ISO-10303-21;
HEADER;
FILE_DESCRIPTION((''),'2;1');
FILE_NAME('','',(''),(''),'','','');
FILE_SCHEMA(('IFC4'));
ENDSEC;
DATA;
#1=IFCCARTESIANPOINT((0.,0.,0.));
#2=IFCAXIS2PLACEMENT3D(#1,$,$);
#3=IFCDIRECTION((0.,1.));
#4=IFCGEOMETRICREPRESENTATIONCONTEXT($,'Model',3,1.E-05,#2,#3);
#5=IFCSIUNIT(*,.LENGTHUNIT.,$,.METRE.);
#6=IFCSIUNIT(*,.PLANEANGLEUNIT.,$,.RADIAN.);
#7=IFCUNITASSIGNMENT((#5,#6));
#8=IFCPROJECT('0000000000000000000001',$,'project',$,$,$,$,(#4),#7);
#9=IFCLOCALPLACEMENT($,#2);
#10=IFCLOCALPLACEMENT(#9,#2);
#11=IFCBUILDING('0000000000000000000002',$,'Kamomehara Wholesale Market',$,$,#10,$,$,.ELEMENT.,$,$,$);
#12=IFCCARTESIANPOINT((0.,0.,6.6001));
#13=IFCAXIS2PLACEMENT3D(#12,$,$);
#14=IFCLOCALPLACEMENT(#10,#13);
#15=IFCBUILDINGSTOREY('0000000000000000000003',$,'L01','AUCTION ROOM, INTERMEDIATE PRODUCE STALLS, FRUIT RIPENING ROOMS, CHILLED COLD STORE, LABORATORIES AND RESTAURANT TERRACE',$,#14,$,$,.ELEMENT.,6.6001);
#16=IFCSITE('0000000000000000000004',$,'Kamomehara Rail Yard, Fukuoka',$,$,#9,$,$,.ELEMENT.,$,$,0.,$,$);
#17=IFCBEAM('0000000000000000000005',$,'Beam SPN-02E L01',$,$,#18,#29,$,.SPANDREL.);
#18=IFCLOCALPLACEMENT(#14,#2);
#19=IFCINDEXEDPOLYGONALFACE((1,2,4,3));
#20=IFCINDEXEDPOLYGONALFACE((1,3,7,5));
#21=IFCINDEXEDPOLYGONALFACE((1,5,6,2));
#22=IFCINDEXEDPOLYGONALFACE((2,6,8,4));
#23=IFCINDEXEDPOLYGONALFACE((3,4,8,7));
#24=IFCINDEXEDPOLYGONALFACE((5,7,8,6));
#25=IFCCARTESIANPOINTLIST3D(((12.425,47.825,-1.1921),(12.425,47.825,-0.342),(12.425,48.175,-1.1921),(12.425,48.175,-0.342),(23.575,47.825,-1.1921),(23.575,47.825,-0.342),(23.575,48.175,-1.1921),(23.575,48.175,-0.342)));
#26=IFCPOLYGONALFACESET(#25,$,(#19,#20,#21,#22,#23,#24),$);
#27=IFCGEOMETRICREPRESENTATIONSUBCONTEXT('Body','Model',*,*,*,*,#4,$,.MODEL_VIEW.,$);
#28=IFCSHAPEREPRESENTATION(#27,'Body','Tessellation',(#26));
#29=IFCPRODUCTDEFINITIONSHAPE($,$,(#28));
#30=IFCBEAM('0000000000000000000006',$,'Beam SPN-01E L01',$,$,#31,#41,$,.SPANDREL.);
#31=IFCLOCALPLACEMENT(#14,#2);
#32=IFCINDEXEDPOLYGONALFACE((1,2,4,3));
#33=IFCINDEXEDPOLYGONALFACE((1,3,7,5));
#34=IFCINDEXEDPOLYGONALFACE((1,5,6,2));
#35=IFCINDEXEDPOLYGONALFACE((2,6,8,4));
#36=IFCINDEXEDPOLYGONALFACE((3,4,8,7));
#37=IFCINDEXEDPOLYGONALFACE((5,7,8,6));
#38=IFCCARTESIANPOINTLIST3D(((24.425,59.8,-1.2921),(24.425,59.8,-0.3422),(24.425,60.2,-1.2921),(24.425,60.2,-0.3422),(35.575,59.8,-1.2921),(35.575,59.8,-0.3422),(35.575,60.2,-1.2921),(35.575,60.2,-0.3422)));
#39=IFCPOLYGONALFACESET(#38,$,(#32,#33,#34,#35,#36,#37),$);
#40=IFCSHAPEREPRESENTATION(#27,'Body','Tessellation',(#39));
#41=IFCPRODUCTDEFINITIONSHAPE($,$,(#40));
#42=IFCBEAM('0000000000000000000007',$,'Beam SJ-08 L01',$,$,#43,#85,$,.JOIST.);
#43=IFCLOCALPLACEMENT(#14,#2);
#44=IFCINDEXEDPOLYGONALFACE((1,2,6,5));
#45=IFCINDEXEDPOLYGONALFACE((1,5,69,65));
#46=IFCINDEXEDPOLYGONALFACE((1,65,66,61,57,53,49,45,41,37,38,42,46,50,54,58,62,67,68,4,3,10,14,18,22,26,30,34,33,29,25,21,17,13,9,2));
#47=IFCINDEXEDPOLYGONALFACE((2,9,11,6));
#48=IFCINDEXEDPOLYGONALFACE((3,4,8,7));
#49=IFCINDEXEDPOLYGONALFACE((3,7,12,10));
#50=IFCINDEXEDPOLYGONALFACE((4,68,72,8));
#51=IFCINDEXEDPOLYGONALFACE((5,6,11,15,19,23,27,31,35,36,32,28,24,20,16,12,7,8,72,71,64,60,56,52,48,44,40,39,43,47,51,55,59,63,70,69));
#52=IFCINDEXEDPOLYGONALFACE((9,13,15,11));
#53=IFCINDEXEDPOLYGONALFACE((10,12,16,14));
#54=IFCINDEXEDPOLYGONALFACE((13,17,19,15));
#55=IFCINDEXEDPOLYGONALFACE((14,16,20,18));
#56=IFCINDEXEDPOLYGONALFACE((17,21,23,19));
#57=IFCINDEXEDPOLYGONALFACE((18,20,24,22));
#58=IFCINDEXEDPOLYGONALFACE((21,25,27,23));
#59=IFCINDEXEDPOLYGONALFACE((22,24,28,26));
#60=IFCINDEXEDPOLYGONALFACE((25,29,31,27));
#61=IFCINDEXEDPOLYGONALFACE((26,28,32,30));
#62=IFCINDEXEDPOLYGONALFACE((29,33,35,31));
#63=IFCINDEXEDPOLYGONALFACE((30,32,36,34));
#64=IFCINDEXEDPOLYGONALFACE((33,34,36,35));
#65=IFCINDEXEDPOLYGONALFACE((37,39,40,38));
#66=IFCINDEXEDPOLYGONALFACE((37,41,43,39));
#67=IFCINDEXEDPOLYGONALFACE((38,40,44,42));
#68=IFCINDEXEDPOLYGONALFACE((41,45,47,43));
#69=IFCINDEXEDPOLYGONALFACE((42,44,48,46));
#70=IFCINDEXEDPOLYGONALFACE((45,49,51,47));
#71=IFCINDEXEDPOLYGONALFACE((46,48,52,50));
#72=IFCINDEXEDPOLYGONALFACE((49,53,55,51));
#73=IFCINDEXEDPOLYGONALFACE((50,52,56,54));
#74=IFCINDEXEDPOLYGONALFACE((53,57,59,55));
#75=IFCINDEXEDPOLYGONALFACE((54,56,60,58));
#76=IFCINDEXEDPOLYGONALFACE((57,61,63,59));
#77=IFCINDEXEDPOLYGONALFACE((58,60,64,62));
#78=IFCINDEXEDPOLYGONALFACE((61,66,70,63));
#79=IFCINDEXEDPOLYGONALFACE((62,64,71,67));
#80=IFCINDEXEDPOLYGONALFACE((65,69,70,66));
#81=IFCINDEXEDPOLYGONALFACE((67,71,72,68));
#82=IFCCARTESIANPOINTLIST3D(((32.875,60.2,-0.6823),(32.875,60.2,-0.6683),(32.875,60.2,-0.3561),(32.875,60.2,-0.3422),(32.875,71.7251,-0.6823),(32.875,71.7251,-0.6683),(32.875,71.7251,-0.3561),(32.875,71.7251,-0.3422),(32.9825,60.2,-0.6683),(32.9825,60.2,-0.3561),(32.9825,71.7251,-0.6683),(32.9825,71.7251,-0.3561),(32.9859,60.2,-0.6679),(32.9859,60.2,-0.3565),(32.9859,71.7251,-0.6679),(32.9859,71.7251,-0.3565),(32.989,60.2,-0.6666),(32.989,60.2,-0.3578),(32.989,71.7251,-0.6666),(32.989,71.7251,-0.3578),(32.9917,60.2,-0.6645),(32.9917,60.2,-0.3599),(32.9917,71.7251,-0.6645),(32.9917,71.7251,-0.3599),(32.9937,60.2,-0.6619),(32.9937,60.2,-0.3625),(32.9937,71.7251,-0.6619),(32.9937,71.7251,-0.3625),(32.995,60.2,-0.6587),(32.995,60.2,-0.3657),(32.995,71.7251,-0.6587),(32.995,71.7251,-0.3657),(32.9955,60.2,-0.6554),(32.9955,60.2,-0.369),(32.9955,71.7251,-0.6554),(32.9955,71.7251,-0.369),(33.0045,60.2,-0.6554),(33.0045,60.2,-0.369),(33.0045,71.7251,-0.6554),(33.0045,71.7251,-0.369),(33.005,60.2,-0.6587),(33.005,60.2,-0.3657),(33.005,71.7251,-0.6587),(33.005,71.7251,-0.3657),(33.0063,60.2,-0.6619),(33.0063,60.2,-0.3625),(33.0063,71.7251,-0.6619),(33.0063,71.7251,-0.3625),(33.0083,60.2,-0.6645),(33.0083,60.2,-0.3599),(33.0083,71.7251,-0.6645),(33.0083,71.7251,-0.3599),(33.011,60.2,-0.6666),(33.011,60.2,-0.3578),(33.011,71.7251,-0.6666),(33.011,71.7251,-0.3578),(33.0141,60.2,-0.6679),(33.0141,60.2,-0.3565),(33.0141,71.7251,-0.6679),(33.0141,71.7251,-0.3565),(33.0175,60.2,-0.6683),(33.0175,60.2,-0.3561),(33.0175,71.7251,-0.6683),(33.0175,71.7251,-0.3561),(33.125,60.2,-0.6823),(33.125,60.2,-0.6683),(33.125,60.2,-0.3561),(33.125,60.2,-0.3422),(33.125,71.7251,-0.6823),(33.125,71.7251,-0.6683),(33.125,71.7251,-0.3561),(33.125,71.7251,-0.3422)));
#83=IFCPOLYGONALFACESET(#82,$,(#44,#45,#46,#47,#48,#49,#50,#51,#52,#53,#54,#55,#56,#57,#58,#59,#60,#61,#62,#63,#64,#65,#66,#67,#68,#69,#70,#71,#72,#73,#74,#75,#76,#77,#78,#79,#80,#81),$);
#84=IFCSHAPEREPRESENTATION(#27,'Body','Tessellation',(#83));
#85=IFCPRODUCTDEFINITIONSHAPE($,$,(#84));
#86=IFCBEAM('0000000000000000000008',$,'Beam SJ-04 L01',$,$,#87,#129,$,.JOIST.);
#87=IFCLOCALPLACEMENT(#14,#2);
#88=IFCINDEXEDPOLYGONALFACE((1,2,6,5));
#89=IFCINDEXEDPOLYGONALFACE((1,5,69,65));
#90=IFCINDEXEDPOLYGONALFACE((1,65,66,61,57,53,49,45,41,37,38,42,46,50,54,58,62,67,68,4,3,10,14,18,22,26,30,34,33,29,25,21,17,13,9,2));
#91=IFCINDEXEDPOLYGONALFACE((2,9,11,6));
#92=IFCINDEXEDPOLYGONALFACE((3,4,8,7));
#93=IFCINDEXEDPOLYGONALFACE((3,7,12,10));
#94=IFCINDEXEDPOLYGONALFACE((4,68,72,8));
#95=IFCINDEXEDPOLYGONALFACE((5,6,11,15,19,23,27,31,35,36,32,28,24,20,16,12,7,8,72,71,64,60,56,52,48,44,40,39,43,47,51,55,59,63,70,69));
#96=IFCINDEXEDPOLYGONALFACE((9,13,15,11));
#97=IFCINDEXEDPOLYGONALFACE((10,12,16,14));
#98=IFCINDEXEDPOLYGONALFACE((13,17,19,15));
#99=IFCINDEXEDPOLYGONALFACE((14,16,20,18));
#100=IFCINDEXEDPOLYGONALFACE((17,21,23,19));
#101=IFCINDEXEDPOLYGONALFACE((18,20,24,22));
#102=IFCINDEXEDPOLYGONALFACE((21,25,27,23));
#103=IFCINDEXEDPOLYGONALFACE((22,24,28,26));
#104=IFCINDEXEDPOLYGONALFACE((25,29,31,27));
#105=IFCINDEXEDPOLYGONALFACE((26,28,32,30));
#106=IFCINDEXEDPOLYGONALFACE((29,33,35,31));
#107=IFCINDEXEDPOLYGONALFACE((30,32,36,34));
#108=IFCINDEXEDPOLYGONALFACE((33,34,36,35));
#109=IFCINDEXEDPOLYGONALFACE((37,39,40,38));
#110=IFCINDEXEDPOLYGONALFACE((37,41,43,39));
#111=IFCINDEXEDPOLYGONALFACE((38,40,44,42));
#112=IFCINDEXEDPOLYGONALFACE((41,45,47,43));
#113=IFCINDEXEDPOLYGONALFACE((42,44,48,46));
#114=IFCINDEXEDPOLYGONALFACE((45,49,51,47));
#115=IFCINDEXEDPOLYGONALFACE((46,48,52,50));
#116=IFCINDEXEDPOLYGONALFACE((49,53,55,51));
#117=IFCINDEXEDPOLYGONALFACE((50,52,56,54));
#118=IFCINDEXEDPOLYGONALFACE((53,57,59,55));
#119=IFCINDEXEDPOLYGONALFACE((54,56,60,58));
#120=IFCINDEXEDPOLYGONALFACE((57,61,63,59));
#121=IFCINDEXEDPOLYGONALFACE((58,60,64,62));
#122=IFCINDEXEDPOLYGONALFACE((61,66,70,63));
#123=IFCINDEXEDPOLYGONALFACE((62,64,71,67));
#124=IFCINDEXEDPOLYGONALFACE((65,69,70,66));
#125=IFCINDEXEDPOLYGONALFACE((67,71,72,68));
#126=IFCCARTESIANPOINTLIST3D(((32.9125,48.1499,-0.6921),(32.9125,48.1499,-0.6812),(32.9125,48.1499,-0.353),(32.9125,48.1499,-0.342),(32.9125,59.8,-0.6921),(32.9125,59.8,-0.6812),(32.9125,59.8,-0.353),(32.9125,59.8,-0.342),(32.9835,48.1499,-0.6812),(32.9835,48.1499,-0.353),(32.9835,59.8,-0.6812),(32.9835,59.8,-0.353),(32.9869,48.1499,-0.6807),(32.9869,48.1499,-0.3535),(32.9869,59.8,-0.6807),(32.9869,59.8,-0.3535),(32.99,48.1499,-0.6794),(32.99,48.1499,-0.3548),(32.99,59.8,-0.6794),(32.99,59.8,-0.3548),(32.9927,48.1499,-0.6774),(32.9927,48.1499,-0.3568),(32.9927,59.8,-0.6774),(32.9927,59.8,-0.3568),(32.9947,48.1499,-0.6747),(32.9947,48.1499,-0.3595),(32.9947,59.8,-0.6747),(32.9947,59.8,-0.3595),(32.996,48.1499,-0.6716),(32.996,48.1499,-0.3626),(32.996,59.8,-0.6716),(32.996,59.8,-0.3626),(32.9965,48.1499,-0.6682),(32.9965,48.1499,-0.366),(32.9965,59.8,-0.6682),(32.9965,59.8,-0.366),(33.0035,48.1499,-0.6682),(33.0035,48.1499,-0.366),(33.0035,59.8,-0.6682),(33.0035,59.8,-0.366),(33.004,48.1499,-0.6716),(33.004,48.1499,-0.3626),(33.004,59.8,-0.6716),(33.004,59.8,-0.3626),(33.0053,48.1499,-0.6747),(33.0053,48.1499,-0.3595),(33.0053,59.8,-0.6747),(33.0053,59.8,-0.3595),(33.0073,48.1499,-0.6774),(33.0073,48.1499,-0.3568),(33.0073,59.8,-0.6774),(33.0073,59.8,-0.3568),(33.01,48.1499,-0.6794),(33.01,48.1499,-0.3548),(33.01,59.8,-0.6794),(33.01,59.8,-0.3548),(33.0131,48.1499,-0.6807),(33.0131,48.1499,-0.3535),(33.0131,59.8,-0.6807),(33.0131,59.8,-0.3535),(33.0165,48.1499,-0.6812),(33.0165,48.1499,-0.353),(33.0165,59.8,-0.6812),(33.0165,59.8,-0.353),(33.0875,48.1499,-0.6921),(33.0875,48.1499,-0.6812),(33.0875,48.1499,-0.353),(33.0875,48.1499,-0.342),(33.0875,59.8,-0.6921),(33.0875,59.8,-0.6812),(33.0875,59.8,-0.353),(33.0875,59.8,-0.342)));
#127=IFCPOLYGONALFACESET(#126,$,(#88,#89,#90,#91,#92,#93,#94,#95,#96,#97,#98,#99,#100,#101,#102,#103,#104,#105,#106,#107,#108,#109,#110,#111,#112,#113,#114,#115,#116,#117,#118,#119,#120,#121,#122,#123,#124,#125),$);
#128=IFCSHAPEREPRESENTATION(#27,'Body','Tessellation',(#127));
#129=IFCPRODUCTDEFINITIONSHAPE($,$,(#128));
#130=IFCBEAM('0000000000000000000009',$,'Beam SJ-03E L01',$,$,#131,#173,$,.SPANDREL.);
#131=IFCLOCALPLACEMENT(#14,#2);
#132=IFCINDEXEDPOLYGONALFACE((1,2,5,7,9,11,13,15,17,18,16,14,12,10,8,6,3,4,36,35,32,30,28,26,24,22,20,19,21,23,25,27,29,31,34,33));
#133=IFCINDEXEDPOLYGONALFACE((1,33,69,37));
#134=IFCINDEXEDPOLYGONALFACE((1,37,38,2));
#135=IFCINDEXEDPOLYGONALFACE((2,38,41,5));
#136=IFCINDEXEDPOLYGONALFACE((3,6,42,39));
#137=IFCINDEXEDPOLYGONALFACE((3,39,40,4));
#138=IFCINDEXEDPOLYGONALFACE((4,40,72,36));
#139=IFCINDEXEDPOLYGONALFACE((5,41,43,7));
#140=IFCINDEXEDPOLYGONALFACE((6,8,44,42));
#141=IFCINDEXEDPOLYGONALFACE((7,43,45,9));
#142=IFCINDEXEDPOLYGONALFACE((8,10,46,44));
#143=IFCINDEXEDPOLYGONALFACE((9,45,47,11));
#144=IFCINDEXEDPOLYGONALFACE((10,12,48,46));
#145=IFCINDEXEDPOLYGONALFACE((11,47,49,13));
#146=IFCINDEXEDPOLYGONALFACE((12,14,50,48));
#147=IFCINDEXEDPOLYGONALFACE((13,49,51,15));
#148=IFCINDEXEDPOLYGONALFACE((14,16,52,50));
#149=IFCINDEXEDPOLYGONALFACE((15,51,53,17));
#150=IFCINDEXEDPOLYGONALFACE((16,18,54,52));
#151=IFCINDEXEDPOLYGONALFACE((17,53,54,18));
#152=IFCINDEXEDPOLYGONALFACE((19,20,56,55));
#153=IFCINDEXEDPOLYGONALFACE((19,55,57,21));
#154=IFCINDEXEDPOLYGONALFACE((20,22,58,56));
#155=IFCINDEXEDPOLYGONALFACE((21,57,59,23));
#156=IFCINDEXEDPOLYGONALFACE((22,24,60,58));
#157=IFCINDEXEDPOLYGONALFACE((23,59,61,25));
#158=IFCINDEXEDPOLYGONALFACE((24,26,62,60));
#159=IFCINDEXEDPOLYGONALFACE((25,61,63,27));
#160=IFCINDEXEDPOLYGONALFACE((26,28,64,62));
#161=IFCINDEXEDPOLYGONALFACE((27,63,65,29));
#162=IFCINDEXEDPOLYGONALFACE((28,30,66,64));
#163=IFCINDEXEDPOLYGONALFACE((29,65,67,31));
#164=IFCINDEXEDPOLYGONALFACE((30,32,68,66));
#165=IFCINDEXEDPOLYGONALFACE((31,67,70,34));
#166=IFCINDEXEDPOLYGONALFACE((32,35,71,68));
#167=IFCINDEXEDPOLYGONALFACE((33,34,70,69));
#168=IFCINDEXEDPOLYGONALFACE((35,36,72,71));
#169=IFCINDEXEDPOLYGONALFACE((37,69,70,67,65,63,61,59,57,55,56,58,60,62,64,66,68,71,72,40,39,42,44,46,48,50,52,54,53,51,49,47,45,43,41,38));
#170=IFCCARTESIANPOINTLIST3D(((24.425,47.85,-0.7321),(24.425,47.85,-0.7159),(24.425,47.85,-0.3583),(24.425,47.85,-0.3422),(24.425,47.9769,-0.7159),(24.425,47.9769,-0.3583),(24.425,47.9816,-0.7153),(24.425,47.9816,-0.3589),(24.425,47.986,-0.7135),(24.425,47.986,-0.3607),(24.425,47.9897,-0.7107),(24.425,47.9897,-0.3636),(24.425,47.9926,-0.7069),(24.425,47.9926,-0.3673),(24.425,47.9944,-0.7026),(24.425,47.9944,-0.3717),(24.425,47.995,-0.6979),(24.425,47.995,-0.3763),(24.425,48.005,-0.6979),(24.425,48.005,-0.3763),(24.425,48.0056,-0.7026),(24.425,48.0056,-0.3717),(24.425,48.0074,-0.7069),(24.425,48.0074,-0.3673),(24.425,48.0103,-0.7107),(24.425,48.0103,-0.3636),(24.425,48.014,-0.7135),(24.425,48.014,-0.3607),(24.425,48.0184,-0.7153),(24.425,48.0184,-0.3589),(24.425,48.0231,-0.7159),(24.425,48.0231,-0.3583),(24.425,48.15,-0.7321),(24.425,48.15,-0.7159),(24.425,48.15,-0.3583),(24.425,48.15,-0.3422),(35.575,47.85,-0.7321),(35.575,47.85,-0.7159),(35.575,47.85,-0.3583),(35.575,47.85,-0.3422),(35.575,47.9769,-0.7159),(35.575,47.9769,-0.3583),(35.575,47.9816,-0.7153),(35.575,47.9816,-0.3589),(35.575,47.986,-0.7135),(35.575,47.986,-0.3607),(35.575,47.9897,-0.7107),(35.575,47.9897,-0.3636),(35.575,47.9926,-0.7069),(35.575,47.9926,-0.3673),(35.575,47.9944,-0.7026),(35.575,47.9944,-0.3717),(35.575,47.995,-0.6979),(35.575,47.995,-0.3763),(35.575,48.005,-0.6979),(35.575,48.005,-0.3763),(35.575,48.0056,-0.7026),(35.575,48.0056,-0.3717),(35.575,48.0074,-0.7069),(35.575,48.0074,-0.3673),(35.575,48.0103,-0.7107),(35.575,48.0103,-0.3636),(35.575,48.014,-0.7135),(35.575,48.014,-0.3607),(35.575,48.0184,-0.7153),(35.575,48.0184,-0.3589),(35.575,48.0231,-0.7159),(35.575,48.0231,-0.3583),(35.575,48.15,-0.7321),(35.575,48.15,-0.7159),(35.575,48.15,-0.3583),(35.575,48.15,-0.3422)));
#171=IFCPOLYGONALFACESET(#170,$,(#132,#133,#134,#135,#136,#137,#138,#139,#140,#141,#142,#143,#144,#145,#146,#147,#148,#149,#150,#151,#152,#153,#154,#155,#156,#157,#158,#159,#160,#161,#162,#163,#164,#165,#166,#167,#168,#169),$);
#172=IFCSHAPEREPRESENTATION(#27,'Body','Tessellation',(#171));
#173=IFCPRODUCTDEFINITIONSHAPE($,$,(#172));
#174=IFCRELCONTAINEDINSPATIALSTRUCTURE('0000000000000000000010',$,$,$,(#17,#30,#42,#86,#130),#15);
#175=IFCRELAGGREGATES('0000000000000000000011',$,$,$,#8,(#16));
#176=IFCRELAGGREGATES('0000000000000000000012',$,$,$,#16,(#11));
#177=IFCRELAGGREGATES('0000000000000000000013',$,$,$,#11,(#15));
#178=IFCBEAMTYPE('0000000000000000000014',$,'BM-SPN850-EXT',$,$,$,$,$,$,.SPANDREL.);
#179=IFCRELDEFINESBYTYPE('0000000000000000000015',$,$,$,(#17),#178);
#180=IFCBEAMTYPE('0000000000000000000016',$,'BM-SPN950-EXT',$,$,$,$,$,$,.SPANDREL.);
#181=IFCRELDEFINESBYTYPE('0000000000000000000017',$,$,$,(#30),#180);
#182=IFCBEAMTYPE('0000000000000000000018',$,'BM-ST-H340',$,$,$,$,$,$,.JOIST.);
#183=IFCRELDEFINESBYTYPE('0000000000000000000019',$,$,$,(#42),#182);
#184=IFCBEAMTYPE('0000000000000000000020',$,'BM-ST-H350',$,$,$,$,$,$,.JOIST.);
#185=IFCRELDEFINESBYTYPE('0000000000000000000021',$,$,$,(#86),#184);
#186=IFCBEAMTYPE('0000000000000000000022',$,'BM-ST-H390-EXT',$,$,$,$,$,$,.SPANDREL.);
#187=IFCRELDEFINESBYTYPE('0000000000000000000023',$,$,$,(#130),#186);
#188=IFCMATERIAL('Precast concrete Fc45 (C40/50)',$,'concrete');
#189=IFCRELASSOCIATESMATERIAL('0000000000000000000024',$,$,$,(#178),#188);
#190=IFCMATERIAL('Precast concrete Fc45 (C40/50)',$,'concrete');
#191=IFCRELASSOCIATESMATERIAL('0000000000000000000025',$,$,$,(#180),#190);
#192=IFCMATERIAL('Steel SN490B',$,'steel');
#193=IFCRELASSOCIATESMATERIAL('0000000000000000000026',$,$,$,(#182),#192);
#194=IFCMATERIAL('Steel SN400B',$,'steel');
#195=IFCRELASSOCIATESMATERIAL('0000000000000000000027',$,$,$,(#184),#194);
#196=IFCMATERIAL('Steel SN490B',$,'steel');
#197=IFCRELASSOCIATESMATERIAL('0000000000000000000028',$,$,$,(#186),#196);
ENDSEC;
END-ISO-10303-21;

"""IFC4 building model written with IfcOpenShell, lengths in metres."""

from ifc_helpers import new_model, si_unit, direction, frame, origin, origin_2d, place, context, subcontext, project, spatial, rectangle, i_section, extrude, material, material_profile, profile_set, type_object, element, save


model = new_model("IFC4")

# Units and contexts
model_context = context("Model", 3, precision=1e-05, world=origin(), true_north=direction((0.0, 1.0)))
body_context = subcontext(model_context, "Body", "Model", "MODEL_VIEW")
ifc_project = project(units=[si_unit("LENGTHUNIT", "METRE"), si_unit("PLANEANGLEUNIT", "RADIAN")], contexts=[model_context])

# Site, building, storey
site_placement = place(None, origin())
site = spatial("IfcSite", under=ifc_project, at=site_placement, Name="Kamomehara Rail Yard, Fukuoka", CompositionType="ELEMENT", RefElevation=0.0)
building_placement = place(site_placement, origin())
building = spatial("IfcBuilding", under=site, at=building_placement, Name="Kamomehara Wholesale Market", CompositionType="ELEMENT")
storey_placement = place(building_placement, frame((0.0, 0.0, 6.6001)))
storey = spatial("IfcBuildingStorey", under=building, at=storey_placement, Name="L01", Description="AUCTION ROOM, INTERMEDIATE PRODUCE STALLS, FRUIT RIPENING ROOMS, CHILLED COLD STORE, LABORATORIES AND RESTAURANT TERRACE", CompositionType="ELEMENT", Elevation=6.6001)

# Beams
ifc_material_1 = material(Name="Precast concrete Fc45 (C40/50)", Category="concrete")
ifc_material_profile_1 = material_profile(ifc_material_1, rectangle(XDim=0.3501, YDim=0.8501, at=origin_2d()), Name="PC-SPN-350x850")
ifc_profile_set_1 = profile_set([ifc_material_profile_1], Name="Precast concrete Fc45 (C40/50)")
beam_type_1 = type_object("IfcBeamType", Name="BM-SPN850-EXT", PredefinedType="SPANDREL", material=ifc_profile_set_1)
beam_1_placement = place(storey_placement, frame((12.425, 48.0, -0.7671), z_axis=(1.0, 0.0, 0.0), x_axis=(0.0, 1.0, 0.0)))
element("IfcBeam", 1, at=beam_1_placement, inside=storey, type_object=beam_type_1, Name="Beam SPN-02E L01", PredefinedType="SPANDREL", context=body_context, shape_type="SweptSolid", body=[
    extrude(rectangle(XDim=0.3501, YDim=0.8501, at=origin_2d()), origin(), (0.0, 0.0, 1.0), 11.1499),
])
ifc_material_2 = material(Name="Precast concrete Fc45 (C40/50)", Category="concrete")
ifc_material_profile_2 = material_profile(ifc_material_2, rectangle(XDim=0.3999, YDim=0.95, at=origin_2d()), Name="PC-SPN-400x950")
ifc_profile_set_2 = profile_set([ifc_material_profile_2], Name="Precast concrete Fc45 (C40/50)")
beam_type_2 = type_object("IfcBeamType", Name="BM-SPN950-EXT", PredefinedType="SPANDREL", material=ifc_profile_set_2)
beam_2_placement = place(storey_placement, frame((24.425, 60.0, -0.8171), z_axis=(1.0, 0.0, 0.0), x_axis=(0.0, 1.0, 0.0)))
element("IfcBeam", 2, at=beam_2_placement, inside=storey, type_object=beam_type_2, Name="Beam SPN-01E L01", PredefinedType="SPANDREL", context=body_context, shape_type="SweptSolid", body=[
    extrude(rectangle(XDim=0.3999, YDim=0.95, at=origin_2d()), origin(), (0.0, 0.0, 1.0), 11.1499),
])
ifc_material_3 = material(Name="Steel SN490B", Category="steel")
ifc_material_profile_3 = material_profile(ifc_material_3, i_section(OverallWidth=0.25, OverallDepth=0.3401, WebThickness=0.009, FlangeThickness=0.0139, FilletRadius=0.0129, at=origin_2d()), Name="H-340x250x9x14")
ifc_profile_set_3 = profile_set([ifc_material_profile_3], Name="Steel SN490B")
beam_type_3 = type_object("IfcBeamType", Name="BM-ST-H340", PredefinedType="JOIST", material=ifc_profile_set_3)
beam_3_placement = place(storey_placement, frame((33.0, 60.2, -0.5122), z_axis=(0.0, 1.0, 0.0), x_axis=(-1.0, 0.0, 0.0)))
element("IfcBeam", 3, at=beam_3_placement, inside=storey, type_object=beam_type_3, Name="Beam SJ-08 L01", PredefinedType="JOIST", context=body_context, shape_type="SweptSolid", body=[
    extrude(i_section(OverallWidth=0.25, OverallDepth=0.3401, WebThickness=0.009, FlangeThickness=0.0139, FilletRadius=0.0129, at=origin_2d()), origin(), (0.0, 0.0, 1.0), 11.5251),
])
ifc_material_4 = material(Name="Steel SN400B", Category="steel")
ifc_material_profile_4 = material_profile(ifc_material_4, i_section(OverallWidth=0.175, OverallDepth=0.3501, WebThickness=0.0071, FlangeThickness=0.011, FilletRadius=0.0129, at=origin_2d()), Name="H-350x175x7x11")
ifc_profile_set_4 = profile_set([ifc_material_profile_4], Name="Steel SN400B")
beam_type_4 = type_object("IfcBeamType", Name="BM-ST-H350", PredefinedType="JOIST", material=ifc_profile_set_4)
beam_4_placement = place(storey_placement, frame((33.0, 48.1499, -0.5171), z_axis=(0.0, 1.0, 0.0), x_axis=(-1.0, 0.0, 0.0)))
element("IfcBeam", 4, at=beam_4_placement, inside=storey, type_object=beam_type_4, Name="Beam SJ-04 L01", PredefinedType="JOIST", context=body_context, shape_type="SweptSolid", body=[
    extrude(i_section(OverallWidth=0.175, OverallDepth=0.3501, WebThickness=0.0071, FlangeThickness=0.011, FilletRadius=0.0129, at=origin_2d()), origin(), (0.0, 0.0, 1.0), 11.6501),
])
ifc_material_5 = material(Name="Steel SN490B", Category="steel")
ifc_material_profile_5 = material_profile(ifc_material_5, i_section(OverallWidth=0.3, OverallDepth=0.3899, WebThickness=0.01, FlangeThickness=0.0161, FilletRadius=0.0181, at=origin_2d()), Name="H-390x300x10x16")
ifc_profile_set_5 = profile_set([ifc_material_profile_5], Name="Steel SN490B")
beam_type_5 = type_object("IfcBeamType", Name="BM-ST-H390-EXT", PredefinedType="SPANDREL", material=ifc_profile_set_5)
beam_5_placement = place(storey_placement, frame((24.425, 48.0, -0.5371), z_axis=(1.0, 0.0, 0.0), x_axis=(0.0, 1.0, 0.0)))
element("IfcBeam", 5, at=beam_5_placement, inside=storey, type_object=beam_type_5, Name="Beam SJ-03E L01", PredefinedType="SPANDREL", context=body_context, shape_type="SweptSolid", body=[
    extrude(i_section(OverallWidth=0.3, OverallDepth=0.3899, WebThickness=0.01, FlangeThickness=0.0161, FilletRadius=0.0181, at=origin_2d()), origin(), (0.0, 0.0, 1.0), 11.1499),
])

save(model, "model.ifc")
